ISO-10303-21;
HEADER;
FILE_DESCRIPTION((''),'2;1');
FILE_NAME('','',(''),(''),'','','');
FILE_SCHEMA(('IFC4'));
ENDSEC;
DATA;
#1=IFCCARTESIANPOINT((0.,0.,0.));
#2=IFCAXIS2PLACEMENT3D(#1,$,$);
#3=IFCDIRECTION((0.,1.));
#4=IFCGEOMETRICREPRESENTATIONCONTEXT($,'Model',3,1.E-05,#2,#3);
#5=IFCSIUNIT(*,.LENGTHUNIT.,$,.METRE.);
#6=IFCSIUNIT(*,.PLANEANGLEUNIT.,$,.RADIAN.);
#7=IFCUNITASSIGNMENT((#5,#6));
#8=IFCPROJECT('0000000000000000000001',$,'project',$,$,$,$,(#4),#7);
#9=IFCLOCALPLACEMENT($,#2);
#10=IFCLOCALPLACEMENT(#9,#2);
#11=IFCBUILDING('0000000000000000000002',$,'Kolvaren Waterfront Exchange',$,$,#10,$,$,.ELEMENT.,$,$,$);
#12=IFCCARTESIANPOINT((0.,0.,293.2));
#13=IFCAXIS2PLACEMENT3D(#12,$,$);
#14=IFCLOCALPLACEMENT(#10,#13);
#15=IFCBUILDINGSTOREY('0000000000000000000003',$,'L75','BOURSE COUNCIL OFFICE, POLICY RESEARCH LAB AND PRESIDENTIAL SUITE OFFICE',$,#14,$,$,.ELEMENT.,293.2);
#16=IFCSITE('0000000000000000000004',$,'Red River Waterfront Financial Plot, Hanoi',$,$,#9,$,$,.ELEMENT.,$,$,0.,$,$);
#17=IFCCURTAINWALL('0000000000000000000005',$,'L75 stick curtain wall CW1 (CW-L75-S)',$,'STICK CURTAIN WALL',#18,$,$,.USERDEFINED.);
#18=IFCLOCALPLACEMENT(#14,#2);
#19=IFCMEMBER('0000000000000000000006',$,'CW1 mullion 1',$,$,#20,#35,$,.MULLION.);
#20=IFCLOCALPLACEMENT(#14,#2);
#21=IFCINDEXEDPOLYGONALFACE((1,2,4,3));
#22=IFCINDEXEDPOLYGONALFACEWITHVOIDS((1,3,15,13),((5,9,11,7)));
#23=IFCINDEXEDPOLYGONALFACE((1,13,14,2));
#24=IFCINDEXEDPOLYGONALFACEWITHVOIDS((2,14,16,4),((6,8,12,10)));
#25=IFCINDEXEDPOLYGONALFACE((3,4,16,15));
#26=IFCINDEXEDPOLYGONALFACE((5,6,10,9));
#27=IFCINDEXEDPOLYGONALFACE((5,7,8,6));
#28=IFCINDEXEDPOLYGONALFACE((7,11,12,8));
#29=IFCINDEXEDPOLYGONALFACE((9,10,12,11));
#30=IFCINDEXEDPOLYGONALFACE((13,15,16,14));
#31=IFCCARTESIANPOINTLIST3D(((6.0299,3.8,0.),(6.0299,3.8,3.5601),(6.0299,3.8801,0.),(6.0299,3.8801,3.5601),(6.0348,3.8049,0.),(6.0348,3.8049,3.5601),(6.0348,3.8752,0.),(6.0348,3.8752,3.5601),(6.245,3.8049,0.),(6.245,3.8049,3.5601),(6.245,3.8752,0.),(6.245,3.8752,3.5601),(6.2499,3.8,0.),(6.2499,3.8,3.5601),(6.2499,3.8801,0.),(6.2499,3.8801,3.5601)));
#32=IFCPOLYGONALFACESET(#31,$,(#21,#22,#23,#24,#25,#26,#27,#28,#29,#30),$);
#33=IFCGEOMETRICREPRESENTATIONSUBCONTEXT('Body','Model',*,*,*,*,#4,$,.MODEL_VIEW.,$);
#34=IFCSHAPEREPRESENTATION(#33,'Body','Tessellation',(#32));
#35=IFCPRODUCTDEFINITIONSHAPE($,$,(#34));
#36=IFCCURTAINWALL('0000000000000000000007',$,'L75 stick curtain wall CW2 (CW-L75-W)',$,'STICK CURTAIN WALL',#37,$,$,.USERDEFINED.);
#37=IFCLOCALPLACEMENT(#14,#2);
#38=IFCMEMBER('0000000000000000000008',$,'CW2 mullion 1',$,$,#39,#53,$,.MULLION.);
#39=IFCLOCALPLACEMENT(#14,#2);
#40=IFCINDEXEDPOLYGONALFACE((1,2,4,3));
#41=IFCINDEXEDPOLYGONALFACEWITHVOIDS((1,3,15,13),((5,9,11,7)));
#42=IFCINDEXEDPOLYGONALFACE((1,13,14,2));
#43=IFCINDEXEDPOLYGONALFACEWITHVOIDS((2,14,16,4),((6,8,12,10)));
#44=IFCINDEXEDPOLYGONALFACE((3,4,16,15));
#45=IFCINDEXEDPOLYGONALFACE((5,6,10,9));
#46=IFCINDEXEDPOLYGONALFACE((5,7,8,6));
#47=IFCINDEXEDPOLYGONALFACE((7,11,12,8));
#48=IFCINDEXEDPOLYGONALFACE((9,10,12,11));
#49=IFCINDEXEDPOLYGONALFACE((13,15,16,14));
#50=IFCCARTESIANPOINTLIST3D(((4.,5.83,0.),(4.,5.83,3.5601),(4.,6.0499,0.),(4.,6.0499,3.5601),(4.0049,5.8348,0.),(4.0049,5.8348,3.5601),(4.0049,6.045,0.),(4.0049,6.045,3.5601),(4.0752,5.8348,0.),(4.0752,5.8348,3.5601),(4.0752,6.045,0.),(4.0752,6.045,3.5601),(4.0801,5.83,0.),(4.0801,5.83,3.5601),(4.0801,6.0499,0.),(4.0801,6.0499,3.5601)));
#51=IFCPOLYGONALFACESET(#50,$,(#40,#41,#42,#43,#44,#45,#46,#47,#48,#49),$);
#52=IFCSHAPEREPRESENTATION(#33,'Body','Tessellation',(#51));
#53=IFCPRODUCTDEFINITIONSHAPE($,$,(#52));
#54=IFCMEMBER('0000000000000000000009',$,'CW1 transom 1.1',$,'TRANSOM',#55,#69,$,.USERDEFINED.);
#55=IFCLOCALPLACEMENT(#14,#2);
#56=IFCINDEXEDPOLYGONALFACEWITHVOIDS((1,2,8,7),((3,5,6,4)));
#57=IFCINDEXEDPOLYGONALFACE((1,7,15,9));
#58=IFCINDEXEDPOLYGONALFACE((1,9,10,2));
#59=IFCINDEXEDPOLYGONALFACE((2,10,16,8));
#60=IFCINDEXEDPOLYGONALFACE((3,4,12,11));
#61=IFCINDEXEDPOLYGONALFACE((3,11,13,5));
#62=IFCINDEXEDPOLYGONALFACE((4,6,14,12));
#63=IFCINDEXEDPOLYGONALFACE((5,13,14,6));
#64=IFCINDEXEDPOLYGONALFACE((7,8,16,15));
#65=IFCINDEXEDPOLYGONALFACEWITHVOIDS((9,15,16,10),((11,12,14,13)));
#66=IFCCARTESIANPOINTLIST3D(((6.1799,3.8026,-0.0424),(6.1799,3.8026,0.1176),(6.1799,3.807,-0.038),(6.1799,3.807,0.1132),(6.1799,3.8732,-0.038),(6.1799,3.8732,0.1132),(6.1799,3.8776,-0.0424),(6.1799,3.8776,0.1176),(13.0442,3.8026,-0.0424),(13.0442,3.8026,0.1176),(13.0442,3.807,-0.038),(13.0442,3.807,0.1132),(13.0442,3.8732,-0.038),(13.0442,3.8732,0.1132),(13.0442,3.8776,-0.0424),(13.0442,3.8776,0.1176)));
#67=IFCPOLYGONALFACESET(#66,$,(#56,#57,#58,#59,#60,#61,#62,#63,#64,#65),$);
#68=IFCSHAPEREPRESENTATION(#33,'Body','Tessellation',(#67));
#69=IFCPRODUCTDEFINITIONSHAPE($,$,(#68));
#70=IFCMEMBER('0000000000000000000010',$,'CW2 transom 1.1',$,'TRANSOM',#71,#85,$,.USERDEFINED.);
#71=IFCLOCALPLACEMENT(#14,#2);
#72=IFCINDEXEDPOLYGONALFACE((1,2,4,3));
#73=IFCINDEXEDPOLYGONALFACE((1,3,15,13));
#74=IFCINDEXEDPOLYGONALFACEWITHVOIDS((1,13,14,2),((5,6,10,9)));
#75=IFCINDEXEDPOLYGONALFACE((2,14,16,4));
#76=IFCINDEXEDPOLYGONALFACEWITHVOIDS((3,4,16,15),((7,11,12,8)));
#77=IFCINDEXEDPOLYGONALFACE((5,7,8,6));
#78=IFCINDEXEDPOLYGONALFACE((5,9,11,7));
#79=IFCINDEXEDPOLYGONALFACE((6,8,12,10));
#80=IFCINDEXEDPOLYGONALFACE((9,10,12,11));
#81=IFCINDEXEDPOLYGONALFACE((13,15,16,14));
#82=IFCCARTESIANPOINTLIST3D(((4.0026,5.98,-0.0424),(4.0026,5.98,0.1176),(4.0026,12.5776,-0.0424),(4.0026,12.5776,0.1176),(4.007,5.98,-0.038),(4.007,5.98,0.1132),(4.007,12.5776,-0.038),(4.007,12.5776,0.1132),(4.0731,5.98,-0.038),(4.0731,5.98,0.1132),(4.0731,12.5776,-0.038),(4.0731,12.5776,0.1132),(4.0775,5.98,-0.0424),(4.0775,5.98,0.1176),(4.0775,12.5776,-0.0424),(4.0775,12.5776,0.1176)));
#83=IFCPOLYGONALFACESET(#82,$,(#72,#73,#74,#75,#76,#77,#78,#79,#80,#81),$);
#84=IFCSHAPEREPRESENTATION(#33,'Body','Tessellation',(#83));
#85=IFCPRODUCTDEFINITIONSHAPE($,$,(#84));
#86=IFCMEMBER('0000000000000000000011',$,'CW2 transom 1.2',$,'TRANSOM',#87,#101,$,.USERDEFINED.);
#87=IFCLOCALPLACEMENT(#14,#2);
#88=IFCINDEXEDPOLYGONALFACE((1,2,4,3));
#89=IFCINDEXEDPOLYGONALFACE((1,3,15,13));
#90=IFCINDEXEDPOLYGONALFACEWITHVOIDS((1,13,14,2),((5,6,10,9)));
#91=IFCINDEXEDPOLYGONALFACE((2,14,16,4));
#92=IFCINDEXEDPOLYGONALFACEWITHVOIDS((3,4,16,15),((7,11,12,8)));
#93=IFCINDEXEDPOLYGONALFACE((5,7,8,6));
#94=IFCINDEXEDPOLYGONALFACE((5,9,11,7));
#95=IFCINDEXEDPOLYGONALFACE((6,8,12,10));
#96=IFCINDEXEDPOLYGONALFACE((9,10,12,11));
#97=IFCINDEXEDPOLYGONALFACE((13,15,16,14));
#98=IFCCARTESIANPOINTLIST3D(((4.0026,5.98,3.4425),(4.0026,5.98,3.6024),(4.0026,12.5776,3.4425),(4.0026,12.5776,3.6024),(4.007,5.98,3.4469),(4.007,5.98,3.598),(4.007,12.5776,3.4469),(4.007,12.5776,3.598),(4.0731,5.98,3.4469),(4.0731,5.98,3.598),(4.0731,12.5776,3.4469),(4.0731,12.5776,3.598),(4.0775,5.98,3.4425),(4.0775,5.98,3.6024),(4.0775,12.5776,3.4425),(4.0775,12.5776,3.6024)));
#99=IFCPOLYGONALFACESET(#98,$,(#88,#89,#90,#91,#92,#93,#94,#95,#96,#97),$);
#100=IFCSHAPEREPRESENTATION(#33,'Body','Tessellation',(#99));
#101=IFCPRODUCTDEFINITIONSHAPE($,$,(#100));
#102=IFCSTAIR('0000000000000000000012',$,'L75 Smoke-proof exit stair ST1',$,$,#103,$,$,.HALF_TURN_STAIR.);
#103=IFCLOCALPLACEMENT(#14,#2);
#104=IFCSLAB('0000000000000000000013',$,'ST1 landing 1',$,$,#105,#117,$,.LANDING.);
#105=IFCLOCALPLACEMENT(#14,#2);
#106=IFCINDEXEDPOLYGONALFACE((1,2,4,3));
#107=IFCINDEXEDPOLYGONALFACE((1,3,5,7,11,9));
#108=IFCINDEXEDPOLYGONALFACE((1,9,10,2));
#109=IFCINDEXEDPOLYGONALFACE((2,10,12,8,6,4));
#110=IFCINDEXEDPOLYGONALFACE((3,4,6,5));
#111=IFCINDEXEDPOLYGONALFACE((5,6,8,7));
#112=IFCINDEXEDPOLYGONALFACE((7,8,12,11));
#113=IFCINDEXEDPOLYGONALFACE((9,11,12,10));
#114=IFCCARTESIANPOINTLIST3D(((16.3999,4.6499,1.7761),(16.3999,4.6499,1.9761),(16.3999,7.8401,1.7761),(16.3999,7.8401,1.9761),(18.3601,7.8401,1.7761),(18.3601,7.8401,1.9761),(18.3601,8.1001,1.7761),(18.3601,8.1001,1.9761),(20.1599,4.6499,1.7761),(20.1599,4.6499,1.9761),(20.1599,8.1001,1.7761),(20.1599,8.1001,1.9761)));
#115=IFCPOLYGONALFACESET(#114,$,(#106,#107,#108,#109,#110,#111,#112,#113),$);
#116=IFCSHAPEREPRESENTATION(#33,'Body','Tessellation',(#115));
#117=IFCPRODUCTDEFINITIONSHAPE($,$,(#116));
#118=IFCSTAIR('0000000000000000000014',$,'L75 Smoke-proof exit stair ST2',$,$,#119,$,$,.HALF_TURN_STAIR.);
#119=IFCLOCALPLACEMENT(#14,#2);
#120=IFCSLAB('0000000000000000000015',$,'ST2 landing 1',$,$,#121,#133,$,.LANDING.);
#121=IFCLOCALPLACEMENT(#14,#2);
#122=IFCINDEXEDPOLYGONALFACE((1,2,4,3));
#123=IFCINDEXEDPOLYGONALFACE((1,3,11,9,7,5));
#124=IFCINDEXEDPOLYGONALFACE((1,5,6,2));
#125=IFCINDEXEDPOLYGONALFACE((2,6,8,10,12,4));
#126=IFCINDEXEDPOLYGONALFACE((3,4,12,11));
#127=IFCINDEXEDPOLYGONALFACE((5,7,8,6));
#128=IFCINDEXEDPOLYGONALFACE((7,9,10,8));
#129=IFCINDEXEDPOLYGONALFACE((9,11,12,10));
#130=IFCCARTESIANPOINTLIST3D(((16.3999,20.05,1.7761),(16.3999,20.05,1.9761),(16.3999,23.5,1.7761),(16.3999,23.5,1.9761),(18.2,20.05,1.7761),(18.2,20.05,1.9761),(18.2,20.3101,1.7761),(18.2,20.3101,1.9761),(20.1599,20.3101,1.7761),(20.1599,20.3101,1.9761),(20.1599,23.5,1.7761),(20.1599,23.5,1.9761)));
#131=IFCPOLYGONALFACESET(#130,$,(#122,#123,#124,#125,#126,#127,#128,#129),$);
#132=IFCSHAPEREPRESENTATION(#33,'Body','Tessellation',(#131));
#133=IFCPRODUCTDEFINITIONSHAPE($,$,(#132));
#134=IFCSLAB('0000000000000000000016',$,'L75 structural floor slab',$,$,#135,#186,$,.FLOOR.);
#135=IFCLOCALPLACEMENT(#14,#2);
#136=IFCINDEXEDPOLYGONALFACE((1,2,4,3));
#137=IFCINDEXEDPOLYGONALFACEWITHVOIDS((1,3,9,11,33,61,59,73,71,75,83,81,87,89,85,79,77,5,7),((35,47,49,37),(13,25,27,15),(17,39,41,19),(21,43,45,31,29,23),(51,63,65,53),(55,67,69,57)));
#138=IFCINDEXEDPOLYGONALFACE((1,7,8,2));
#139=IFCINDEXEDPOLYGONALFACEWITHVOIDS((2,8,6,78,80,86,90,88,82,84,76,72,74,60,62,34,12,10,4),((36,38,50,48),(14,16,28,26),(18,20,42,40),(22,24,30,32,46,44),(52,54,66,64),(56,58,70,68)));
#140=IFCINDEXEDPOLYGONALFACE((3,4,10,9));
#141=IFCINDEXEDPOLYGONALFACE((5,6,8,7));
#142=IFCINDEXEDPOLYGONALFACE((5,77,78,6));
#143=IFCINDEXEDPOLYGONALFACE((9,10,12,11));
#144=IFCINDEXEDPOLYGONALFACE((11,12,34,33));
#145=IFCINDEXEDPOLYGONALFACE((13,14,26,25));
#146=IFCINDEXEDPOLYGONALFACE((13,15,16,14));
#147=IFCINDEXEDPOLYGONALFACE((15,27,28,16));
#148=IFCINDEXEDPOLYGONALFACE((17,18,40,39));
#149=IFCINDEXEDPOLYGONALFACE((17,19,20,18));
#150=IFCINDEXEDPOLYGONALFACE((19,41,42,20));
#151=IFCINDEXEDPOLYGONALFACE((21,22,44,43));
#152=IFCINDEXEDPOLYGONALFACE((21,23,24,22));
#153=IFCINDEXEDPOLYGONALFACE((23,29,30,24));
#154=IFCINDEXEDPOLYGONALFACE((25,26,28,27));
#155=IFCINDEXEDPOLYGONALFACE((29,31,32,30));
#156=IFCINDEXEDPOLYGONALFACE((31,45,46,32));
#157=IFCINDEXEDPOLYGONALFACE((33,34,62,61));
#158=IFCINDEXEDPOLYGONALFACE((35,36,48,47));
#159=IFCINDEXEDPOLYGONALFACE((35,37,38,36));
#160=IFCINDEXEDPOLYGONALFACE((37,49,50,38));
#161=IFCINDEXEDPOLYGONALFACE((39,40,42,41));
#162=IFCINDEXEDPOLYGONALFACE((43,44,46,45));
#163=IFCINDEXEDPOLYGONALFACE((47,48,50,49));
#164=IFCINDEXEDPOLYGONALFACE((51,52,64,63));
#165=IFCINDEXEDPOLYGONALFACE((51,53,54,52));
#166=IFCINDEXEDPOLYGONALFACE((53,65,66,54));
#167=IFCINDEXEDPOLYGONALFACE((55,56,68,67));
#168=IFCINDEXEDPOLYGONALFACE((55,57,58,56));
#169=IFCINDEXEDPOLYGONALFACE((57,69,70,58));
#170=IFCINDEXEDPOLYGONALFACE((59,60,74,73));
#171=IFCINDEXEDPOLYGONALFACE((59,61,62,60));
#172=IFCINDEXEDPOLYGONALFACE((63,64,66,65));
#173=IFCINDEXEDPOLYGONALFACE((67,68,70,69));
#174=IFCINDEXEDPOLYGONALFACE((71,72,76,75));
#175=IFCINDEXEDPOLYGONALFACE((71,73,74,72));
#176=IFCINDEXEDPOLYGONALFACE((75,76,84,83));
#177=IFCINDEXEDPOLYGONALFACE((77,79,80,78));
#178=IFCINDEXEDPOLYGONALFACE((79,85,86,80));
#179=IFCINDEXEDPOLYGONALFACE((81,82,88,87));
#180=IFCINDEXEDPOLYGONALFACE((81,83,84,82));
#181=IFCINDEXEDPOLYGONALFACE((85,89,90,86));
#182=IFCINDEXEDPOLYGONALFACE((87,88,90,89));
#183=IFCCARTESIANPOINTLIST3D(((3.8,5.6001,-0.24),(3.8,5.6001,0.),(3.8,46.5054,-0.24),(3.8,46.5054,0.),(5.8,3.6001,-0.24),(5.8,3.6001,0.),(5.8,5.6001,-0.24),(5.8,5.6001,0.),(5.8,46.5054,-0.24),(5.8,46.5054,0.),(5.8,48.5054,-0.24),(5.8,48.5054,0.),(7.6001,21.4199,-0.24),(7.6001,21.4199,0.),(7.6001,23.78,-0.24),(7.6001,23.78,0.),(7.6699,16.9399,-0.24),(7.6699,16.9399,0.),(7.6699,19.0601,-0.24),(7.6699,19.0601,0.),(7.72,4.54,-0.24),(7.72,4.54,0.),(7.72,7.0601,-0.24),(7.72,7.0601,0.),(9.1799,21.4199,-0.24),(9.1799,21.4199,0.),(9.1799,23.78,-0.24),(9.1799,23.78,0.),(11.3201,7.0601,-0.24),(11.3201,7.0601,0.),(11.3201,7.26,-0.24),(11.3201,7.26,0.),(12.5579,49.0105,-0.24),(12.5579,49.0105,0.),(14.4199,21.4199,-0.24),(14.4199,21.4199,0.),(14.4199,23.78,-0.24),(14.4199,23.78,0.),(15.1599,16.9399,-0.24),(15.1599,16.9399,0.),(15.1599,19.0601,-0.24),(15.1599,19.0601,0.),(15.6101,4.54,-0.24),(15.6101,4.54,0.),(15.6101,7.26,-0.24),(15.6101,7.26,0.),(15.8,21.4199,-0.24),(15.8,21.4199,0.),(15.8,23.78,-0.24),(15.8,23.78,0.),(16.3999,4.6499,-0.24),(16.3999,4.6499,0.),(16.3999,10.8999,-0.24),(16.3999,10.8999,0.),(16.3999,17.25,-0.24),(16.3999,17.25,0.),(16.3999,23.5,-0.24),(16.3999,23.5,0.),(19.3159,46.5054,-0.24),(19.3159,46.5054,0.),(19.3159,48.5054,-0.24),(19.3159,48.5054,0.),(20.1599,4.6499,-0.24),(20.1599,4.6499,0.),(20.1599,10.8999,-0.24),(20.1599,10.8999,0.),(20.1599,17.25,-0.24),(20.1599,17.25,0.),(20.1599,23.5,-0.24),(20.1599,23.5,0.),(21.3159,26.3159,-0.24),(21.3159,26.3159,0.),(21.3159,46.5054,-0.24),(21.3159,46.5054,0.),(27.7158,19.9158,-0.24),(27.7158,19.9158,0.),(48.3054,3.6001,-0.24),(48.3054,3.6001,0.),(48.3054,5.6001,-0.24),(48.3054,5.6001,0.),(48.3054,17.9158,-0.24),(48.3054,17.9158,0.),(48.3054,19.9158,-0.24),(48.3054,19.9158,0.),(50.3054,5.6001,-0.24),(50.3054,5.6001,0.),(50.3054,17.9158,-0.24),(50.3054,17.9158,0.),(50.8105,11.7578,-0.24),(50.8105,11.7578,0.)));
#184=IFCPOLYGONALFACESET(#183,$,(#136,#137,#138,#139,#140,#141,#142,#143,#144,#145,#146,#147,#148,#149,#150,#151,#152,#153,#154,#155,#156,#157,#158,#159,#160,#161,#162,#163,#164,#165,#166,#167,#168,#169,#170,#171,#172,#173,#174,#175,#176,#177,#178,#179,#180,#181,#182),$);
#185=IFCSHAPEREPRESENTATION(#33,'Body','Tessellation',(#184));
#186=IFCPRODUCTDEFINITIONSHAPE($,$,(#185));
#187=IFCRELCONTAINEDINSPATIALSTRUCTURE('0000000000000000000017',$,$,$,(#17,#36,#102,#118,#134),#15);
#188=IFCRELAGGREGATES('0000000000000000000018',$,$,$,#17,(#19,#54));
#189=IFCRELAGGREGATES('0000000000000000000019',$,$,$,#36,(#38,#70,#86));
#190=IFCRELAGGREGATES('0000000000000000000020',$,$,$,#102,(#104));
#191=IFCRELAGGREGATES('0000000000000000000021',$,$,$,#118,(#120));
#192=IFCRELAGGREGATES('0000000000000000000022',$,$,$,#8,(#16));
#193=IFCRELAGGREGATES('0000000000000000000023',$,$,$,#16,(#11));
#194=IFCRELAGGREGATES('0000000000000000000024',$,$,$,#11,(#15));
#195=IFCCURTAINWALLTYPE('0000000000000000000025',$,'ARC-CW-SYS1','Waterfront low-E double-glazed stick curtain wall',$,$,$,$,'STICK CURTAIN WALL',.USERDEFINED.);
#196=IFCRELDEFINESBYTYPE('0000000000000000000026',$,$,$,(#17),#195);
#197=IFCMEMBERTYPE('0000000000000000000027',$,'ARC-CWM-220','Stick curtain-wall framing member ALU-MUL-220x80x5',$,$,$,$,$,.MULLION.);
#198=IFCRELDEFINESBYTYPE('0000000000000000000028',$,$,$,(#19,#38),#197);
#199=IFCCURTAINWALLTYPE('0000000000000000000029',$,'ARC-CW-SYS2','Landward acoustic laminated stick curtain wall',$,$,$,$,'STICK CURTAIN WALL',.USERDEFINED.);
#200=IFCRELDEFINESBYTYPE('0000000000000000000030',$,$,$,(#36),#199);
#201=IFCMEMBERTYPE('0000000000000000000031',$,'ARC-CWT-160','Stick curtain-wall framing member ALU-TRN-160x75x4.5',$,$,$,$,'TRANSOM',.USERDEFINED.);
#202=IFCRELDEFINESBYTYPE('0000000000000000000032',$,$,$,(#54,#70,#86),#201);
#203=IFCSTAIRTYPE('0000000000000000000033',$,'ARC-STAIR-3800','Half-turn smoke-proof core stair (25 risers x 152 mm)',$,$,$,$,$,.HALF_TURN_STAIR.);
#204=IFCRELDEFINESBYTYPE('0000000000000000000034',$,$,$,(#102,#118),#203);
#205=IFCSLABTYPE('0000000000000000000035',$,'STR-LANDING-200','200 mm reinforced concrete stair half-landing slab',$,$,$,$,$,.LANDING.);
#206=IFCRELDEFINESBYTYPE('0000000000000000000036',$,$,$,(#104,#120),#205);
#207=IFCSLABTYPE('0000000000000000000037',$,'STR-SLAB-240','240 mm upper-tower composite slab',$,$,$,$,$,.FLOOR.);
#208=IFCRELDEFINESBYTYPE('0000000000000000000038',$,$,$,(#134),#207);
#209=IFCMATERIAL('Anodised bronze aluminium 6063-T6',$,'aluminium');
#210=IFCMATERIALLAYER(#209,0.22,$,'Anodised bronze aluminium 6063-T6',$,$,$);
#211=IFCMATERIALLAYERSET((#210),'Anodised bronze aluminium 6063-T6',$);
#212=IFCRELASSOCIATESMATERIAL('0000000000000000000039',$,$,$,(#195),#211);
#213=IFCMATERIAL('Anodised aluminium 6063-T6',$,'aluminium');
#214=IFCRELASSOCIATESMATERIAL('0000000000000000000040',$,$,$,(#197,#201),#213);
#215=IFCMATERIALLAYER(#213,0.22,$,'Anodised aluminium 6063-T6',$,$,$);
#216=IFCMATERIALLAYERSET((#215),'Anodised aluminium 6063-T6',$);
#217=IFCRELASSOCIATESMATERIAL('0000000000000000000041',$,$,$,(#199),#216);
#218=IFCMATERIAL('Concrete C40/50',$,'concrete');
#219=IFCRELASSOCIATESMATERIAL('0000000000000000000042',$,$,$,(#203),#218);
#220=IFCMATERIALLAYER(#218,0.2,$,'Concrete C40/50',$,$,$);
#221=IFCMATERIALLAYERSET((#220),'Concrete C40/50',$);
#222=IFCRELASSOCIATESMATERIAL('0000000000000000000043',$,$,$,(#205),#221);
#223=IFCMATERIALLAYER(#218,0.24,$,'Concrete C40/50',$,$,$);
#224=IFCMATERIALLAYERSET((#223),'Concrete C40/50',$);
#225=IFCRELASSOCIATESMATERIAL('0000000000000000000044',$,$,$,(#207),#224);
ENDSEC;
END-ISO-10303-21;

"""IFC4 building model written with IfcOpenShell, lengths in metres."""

from ifc_helpers import new_model, si_unit, direction, frame, origin, origin_with_axes, origin_2d, place, context, subcontext, project, spatial, polyline, hollow_rectangle, outline, extrude, source, transform, mapped, material, layer, layer_set, material_profile, profile_set, type_object, element, aggregate, save


model = new_model("IFC4")

# Units and contexts
model_context = context("Model", 3, precision=1e-05, world=origin(), true_north=direction((0.0, 1.0)))
body_context = subcontext(model_context, "Body", "Model", "MODEL_VIEW")
ifc_project = project(units=[si_unit("LENGTHUNIT", "METRE"), si_unit("PLANEANGLEUNIT", "RADIAN")], contexts=[model_context])

# Site, building, storey
site_placement = place(None, origin())
site = spatial("IfcSite", under=ifc_project, at=site_placement, Name="Red River Waterfront Financial Plot, Hanoi", CompositionType="ELEMENT", RefElevation=0.0)
building_placement = place(site_placement, origin())
building = spatial("IfcBuilding", under=site, at=building_placement, Name="Kolvaren Waterfront Exchange", CompositionType="ELEMENT")
storey_placement = place(building_placement, frame((0.0, 0.0, 293.2)))
storey = spatial("IfcBuildingStorey", under=building, at=storey_placement, Name="L75", Description="BOURSE COUNCIL OFFICE, POLICY RESEARCH LAB AND PRESIDENTIAL SUITE OFFICE", CompositionType="ELEMENT", Elevation=293.2)

# Curtain walls, members
ifc_material_1 = material(Name="Anodised bronze aluminium 6063-T6", Category="aluminium")
ifc_layer_1 = layer(ifc_material_1, 0.22, Name="Anodised bronze aluminium 6063-T6")
ifc_layer_set_1 = layer_set([ifc_layer_1], Name="Anodised bronze aluminium 6063-T6")
curtain_wall_type_1 = type_object("IfcCurtainWallType", Name="ARC-CW-SYS1", Description="Waterfront low-E double-glazed stick curtain wall", ElementType="STICK CURTAIN WALL", PredefinedType="USERDEFINED", material=ifc_layer_set_1)
curtain_wall_1_placement = place(storey_placement, origin())
curtain_wall_1 = element("IfcCurtainWall", 1, at=curtain_wall_1_placement, inside=storey, type_object=curtain_wall_type_1, Name="L75 stick curtain wall CW1 (CW-L75-S)", ObjectType="STICK CURTAIN WALL", PredefinedType="USERDEFINED")
ifc_material_2 = material(Name="Anodised aluminium 6063-T6", Category="aluminium")
ifc_material_profile_1 = material_profile(ifc_material_2, hollow_rectangle(XDim=0.0801, YDim=0.22, WallThickness=0.0049, at=origin_2d()), Name="ALU-MUL-220x80x5")
ifc_profile_set_1 = profile_set([ifc_material_profile_1], Name="Anodised aluminium 6063-T6")
member_type_1 = type_object("IfcMemberType", Name="ARC-CWM-220", Description="Stick curtain-wall framing member ALU-MUL-220x80x5", PredefinedType="MULLION", material=ifc_profile_set_1)
shared_shape_1 = source(origin_with_axes(), body_context, "Body", "SweptSolid", [
    extrude(hollow_rectangle(XDim=0.0801, YDim=0.22, WallThickness=0.0049, at=origin_2d()), origin(), (0.0, 0.0, 1.0), 3.5601),
])
member_1_placement = place(storey_placement, frame((6.1399, 3.8401, 0.0), z_axis=(0.0, 0.0, 1.0), x_axis=(0.0, 1.0, 0.0)))
member_1 = element("IfcMember", 2, at=member_1_placement, type_object=member_type_1, Name="CW1 mullion 1", PredefinedType="MULLION", context=body_context, shape_type="MappedRepresentation", body=[
    mapped(shared_shape_1, transform((0.0, 0.0, 0.0), x_axis=(1.0, 0.0, 0.0), y_axis=(0.0, 1.0, 0.0), z_axis=(0.0, 0.0, 1.0), scale=1.0)),
])
ifc_layer_2 = layer(ifc_material_2, 0.22, Name="Anodised aluminium 6063-T6")
ifc_layer_set_2 = layer_set([ifc_layer_2], Name="Anodised aluminium 6063-T6")
curtain_wall_type_2 = type_object("IfcCurtainWallType", Name="ARC-CW-SYS2", Description="Landward acoustic laminated stick curtain wall", ElementType="STICK CURTAIN WALL", PredefinedType="USERDEFINED", material=ifc_layer_set_2)
curtain_wall_2_placement = place(storey_placement, origin())
curtain_wall_2 = element("IfcCurtainWall", 3, at=curtain_wall_2_placement, inside=storey, type_object=curtain_wall_type_2, Name="L75 stick curtain wall CW2 (CW-L75-W)", ObjectType="STICK CURTAIN WALL", PredefinedType="USERDEFINED")
member_2_placement = place(storey_placement, frame((4.04, 5.9399, 0.0), z_axis=(0.0, 0.0, 1.0), x_axis=(-1.0, 0.0, 0.0)))
member_2 = element("IfcMember", 4, at=member_2_placement, type_object=member_type_1, Name="CW2 mullion 1", PredefinedType="MULLION", context=body_context, shape_type="MappedRepresentation", body=[
    mapped(shared_shape_1, transform((0.0, 0.0, 0.0), x_axis=(1.0, 0.0, 0.0), y_axis=(0.0, 1.0, 0.0), z_axis=(0.0, 0.0, 1.0), scale=1.0)),
])

# Members
ifc_material_profile_2 = material_profile(ifc_material_2, hollow_rectangle(XDim=0.075, YDim=0.1599, WallThickness=0.0044, at=origin_2d()), Name="ALU-TRN-160x75x4.5")
ifc_profile_set_2 = profile_set([ifc_material_profile_2], Name="Anodised aluminium 6063-T6")
member_type_2 = type_object("IfcMemberType", Name="ARC-CWT-160", Description="Stick curtain-wall framing member ALU-TRN-160x75x4.5", ElementType="TRANSOM", PredefinedType="USERDEFINED", material=ifc_profile_set_2)
shared_shape_2 = source(origin_with_axes(), body_context, "Body", "SweptSolid", [
    extrude(hollow_rectangle(XDim=0.075, YDim=0.1599, WallThickness=0.0044, at=origin_2d()), origin(), (0.0, 0.0, 1.0), 6.8643),
])
member_3_placement = place(storey_placement, frame((6.1799, 3.8401, 0.0376), z_axis=(1.0, 0.0, 0.0), x_axis=(0.0, 1.0, 0.0)))
member_3 = element("IfcMember", 5, at=member_3_placement, type_object=member_type_2, Name="CW1 transom 1.1", ObjectType="TRANSOM", PredefinedType="USERDEFINED", context=body_context, shape_type="MappedRepresentation", body=[
    mapped(shared_shape_2, transform((0.0, 0.0, 0.0), x_axis=(1.0, 0.0, 0.0), y_axis=(0.0, 1.0, 0.0), z_axis=(0.0, 0.0, 1.0), scale=1.0)),
])
aggregate(curtain_wall_1, [member_1, member_3])
shared_shape_3 = source(origin_with_axes(), body_context, "Body", "SweptSolid", [
    extrude(hollow_rectangle(XDim=0.075, YDim=0.1599, WallThickness=0.0044, at=origin_2d()), origin(), (0.0, 0.0, 1.0), 6.5977),
])
member_4_placement = place(storey_placement, frame((4.04, 5.98, 0.0376), z_axis=(0.0, 1.0, 0.0), x_axis=(-1.0, 0.0, 0.0)))
member_4 = element("IfcMember", 6, at=member_4_placement, type_object=member_type_2, Name="CW2 transom 1.1", ObjectType="TRANSOM", PredefinedType="USERDEFINED", context=body_context, shape_type="MappedRepresentation", body=[
    mapped(shared_shape_3, transform((0.0, 0.0, 0.0), x_axis=(1.0, 0.0, 0.0), y_axis=(0.0, 1.0, 0.0), z_axis=(0.0, 0.0, 1.0), scale=1.0)),
])
member_5_placement = place(storey_placement, frame((4.04, 5.98, 3.5225), z_axis=(0.0, 1.0, 0.0), x_axis=(-1.0, 0.0, 0.0)))
member_5 = element("IfcMember", 7, at=member_5_placement, type_object=member_type_2, Name="CW2 transom 1.2", ObjectType="TRANSOM", PredefinedType="USERDEFINED", context=body_context, shape_type="MappedRepresentation", body=[
    mapped(shared_shape_3, transform((0.0, 0.0, 0.0), x_axis=(1.0, 0.0, 0.0), y_axis=(0.0, 1.0, 0.0), z_axis=(0.0, 0.0, 1.0), scale=1.0)),
])
aggregate(curtain_wall_2, [member_2, member_4, member_5])

# Stairs, slabs
ifc_material_3 = material(Name="Concrete C40/50", Category="concrete")
stair_type = type_object("IfcStairType", Name="ARC-STAIR-3800", Description="Half-turn smoke-proof core stair (25 risers x 152 mm)", PredefinedType="HALF_TURN_STAIR", material=ifc_material_3)
stair_1_placement = place(storey_placement, origin())
stair_1 = element("IfcStair", 8, at=stair_1_placement, inside=storey, type_object=stair_type, Name="L75 Smoke-proof exit stair ST1", PredefinedType="HALF_TURN_STAIR")
ifc_layer_3 = layer(ifc_material_3, 0.2, Name="Concrete C40/50")
ifc_layer_set_3 = layer_set([ifc_layer_3], Name="Concrete C40/50")
slab_type_1 = type_object("IfcSlabType", Name="STR-LANDING-200", Description="200 mm reinforced concrete stair half-landing slab", PredefinedType="LANDING", material=ifc_layer_set_3)
slab_1_placement = place(storey_placement, frame((0.0, 0.0, 1.7761)))
slab_1 = element("IfcSlab", 9, at=slab_1_placement, type_object=slab_type_1, Name="ST1 landing 1", PredefinedType="LANDING", context=body_context, shape_type="SweptSolid", body=[
    extrude(outline(polyline([(16.3999, 7.8401), (16.3999, 4.6499), (20.1599, 4.6499), (20.1599, 8.1001), (18.3601, 8.1001), (18.3601, 7.8401), (16.3999, 7.8401)])), origin(), (0.0, 0.0, 1.0), 0.2),
])
aggregate(stair_1, [slab_1])
stair_2_placement = place(storey_placement, origin())
stair_2 = element("IfcStair", 10, at=stair_2_placement, inside=storey, type_object=stair_type, Name="L75 Smoke-proof exit stair ST2", PredefinedType="HALF_TURN_STAIR")
slab_2_placement = place(storey_placement, frame((0.0, 0.0, 1.7761)))
slab_2 = element("IfcSlab", 11, at=slab_2_placement, type_object=slab_type_1, Name="ST2 landing 1", PredefinedType="LANDING", context=body_context, shape_type="SweptSolid", body=[
    extrude(outline(polyline([(20.1599, 20.3101), (20.1599, 23.5), (16.3999, 23.5), (16.3999, 20.05), (18.2, 20.05), (18.2, 20.3101), (20.1599, 20.3101)])), origin(), (0.0, 0.0, 1.0), 0.2),
])
aggregate(stair_2, [slab_2])

# Slab
ifc_layer_4 = layer(ifc_material_3, 0.24, Name="Concrete C40/50")
ifc_layer_set_4 = layer_set([ifc_layer_4], Name="Concrete C40/50")
slab_type_2 = type_object("IfcSlabType", Name="STR-SLAB-240", Description="240 mm upper-tower composite slab", PredefinedType="FLOOR", material=ifc_layer_set_4)
slab_3_placement = place(storey_placement, frame((0.0, 0.0, -0.24)))
element("IfcSlab", 12, at=slab_3_placement, inside=storey, type_object=slab_type_2, Name="L75 structural floor slab", PredefinedType="FLOOR", context=body_context, shape_type="SweptSolid", body=[
    extrude(outline(polyline([(5.8, 3.6001), (48.3054, 3.6001), (48.3054, 5.6001), (50.3054, 5.6001), (50.8105, 11.7578), (50.3054, 17.9158), (48.3054, 17.9158), (48.3054, 19.9158), (27.7158, 19.9158), (21.3159, 26.3159), (21.3159, 46.5054), (19.3159, 46.5054), (19.3159, 48.5054), (12.5579, 49.0105), (5.8, 48.5054), (5.8, 46.5054), (3.8, 46.5054), (3.8, 5.6001), (5.8, 5.6001), (5.8, 3.6001)]), holes=[polyline([(11.3201, 7.26), (15.6101, 7.26), (15.6101, 4.54), (7.72, 4.54), (7.72, 7.0601), (11.3201, 7.0601), (11.3201, 7.26)]), polyline([(20.1599, 10.8999), (20.1599, 4.6499), (16.3999, 4.6499), (16.3999, 10.8999), (20.1599, 10.8999)]), polyline([(7.6699, 19.0601), (15.1599, 19.0601), (15.1599, 16.9399), (7.6699, 16.9399), (7.6699, 19.0601)]), polyline([(16.3999, 17.25), (16.3999, 23.5), (20.1599, 23.5), (20.1599, 17.25), (16.3999, 17.25)]), polyline([(7.6001, 23.78), (9.1799, 23.78), (9.1799, 21.4199), (7.6001, 21.4199), (7.6001, 23.78)]), polyline([(14.4199, 23.78), (15.8, 23.78), (15.8, 21.4199), (14.4199, 21.4199), (14.4199, 23.78)])]), origin(), (0.0, 0.0, 1.0), 0.24),
])

save(model, "model.ifc")
